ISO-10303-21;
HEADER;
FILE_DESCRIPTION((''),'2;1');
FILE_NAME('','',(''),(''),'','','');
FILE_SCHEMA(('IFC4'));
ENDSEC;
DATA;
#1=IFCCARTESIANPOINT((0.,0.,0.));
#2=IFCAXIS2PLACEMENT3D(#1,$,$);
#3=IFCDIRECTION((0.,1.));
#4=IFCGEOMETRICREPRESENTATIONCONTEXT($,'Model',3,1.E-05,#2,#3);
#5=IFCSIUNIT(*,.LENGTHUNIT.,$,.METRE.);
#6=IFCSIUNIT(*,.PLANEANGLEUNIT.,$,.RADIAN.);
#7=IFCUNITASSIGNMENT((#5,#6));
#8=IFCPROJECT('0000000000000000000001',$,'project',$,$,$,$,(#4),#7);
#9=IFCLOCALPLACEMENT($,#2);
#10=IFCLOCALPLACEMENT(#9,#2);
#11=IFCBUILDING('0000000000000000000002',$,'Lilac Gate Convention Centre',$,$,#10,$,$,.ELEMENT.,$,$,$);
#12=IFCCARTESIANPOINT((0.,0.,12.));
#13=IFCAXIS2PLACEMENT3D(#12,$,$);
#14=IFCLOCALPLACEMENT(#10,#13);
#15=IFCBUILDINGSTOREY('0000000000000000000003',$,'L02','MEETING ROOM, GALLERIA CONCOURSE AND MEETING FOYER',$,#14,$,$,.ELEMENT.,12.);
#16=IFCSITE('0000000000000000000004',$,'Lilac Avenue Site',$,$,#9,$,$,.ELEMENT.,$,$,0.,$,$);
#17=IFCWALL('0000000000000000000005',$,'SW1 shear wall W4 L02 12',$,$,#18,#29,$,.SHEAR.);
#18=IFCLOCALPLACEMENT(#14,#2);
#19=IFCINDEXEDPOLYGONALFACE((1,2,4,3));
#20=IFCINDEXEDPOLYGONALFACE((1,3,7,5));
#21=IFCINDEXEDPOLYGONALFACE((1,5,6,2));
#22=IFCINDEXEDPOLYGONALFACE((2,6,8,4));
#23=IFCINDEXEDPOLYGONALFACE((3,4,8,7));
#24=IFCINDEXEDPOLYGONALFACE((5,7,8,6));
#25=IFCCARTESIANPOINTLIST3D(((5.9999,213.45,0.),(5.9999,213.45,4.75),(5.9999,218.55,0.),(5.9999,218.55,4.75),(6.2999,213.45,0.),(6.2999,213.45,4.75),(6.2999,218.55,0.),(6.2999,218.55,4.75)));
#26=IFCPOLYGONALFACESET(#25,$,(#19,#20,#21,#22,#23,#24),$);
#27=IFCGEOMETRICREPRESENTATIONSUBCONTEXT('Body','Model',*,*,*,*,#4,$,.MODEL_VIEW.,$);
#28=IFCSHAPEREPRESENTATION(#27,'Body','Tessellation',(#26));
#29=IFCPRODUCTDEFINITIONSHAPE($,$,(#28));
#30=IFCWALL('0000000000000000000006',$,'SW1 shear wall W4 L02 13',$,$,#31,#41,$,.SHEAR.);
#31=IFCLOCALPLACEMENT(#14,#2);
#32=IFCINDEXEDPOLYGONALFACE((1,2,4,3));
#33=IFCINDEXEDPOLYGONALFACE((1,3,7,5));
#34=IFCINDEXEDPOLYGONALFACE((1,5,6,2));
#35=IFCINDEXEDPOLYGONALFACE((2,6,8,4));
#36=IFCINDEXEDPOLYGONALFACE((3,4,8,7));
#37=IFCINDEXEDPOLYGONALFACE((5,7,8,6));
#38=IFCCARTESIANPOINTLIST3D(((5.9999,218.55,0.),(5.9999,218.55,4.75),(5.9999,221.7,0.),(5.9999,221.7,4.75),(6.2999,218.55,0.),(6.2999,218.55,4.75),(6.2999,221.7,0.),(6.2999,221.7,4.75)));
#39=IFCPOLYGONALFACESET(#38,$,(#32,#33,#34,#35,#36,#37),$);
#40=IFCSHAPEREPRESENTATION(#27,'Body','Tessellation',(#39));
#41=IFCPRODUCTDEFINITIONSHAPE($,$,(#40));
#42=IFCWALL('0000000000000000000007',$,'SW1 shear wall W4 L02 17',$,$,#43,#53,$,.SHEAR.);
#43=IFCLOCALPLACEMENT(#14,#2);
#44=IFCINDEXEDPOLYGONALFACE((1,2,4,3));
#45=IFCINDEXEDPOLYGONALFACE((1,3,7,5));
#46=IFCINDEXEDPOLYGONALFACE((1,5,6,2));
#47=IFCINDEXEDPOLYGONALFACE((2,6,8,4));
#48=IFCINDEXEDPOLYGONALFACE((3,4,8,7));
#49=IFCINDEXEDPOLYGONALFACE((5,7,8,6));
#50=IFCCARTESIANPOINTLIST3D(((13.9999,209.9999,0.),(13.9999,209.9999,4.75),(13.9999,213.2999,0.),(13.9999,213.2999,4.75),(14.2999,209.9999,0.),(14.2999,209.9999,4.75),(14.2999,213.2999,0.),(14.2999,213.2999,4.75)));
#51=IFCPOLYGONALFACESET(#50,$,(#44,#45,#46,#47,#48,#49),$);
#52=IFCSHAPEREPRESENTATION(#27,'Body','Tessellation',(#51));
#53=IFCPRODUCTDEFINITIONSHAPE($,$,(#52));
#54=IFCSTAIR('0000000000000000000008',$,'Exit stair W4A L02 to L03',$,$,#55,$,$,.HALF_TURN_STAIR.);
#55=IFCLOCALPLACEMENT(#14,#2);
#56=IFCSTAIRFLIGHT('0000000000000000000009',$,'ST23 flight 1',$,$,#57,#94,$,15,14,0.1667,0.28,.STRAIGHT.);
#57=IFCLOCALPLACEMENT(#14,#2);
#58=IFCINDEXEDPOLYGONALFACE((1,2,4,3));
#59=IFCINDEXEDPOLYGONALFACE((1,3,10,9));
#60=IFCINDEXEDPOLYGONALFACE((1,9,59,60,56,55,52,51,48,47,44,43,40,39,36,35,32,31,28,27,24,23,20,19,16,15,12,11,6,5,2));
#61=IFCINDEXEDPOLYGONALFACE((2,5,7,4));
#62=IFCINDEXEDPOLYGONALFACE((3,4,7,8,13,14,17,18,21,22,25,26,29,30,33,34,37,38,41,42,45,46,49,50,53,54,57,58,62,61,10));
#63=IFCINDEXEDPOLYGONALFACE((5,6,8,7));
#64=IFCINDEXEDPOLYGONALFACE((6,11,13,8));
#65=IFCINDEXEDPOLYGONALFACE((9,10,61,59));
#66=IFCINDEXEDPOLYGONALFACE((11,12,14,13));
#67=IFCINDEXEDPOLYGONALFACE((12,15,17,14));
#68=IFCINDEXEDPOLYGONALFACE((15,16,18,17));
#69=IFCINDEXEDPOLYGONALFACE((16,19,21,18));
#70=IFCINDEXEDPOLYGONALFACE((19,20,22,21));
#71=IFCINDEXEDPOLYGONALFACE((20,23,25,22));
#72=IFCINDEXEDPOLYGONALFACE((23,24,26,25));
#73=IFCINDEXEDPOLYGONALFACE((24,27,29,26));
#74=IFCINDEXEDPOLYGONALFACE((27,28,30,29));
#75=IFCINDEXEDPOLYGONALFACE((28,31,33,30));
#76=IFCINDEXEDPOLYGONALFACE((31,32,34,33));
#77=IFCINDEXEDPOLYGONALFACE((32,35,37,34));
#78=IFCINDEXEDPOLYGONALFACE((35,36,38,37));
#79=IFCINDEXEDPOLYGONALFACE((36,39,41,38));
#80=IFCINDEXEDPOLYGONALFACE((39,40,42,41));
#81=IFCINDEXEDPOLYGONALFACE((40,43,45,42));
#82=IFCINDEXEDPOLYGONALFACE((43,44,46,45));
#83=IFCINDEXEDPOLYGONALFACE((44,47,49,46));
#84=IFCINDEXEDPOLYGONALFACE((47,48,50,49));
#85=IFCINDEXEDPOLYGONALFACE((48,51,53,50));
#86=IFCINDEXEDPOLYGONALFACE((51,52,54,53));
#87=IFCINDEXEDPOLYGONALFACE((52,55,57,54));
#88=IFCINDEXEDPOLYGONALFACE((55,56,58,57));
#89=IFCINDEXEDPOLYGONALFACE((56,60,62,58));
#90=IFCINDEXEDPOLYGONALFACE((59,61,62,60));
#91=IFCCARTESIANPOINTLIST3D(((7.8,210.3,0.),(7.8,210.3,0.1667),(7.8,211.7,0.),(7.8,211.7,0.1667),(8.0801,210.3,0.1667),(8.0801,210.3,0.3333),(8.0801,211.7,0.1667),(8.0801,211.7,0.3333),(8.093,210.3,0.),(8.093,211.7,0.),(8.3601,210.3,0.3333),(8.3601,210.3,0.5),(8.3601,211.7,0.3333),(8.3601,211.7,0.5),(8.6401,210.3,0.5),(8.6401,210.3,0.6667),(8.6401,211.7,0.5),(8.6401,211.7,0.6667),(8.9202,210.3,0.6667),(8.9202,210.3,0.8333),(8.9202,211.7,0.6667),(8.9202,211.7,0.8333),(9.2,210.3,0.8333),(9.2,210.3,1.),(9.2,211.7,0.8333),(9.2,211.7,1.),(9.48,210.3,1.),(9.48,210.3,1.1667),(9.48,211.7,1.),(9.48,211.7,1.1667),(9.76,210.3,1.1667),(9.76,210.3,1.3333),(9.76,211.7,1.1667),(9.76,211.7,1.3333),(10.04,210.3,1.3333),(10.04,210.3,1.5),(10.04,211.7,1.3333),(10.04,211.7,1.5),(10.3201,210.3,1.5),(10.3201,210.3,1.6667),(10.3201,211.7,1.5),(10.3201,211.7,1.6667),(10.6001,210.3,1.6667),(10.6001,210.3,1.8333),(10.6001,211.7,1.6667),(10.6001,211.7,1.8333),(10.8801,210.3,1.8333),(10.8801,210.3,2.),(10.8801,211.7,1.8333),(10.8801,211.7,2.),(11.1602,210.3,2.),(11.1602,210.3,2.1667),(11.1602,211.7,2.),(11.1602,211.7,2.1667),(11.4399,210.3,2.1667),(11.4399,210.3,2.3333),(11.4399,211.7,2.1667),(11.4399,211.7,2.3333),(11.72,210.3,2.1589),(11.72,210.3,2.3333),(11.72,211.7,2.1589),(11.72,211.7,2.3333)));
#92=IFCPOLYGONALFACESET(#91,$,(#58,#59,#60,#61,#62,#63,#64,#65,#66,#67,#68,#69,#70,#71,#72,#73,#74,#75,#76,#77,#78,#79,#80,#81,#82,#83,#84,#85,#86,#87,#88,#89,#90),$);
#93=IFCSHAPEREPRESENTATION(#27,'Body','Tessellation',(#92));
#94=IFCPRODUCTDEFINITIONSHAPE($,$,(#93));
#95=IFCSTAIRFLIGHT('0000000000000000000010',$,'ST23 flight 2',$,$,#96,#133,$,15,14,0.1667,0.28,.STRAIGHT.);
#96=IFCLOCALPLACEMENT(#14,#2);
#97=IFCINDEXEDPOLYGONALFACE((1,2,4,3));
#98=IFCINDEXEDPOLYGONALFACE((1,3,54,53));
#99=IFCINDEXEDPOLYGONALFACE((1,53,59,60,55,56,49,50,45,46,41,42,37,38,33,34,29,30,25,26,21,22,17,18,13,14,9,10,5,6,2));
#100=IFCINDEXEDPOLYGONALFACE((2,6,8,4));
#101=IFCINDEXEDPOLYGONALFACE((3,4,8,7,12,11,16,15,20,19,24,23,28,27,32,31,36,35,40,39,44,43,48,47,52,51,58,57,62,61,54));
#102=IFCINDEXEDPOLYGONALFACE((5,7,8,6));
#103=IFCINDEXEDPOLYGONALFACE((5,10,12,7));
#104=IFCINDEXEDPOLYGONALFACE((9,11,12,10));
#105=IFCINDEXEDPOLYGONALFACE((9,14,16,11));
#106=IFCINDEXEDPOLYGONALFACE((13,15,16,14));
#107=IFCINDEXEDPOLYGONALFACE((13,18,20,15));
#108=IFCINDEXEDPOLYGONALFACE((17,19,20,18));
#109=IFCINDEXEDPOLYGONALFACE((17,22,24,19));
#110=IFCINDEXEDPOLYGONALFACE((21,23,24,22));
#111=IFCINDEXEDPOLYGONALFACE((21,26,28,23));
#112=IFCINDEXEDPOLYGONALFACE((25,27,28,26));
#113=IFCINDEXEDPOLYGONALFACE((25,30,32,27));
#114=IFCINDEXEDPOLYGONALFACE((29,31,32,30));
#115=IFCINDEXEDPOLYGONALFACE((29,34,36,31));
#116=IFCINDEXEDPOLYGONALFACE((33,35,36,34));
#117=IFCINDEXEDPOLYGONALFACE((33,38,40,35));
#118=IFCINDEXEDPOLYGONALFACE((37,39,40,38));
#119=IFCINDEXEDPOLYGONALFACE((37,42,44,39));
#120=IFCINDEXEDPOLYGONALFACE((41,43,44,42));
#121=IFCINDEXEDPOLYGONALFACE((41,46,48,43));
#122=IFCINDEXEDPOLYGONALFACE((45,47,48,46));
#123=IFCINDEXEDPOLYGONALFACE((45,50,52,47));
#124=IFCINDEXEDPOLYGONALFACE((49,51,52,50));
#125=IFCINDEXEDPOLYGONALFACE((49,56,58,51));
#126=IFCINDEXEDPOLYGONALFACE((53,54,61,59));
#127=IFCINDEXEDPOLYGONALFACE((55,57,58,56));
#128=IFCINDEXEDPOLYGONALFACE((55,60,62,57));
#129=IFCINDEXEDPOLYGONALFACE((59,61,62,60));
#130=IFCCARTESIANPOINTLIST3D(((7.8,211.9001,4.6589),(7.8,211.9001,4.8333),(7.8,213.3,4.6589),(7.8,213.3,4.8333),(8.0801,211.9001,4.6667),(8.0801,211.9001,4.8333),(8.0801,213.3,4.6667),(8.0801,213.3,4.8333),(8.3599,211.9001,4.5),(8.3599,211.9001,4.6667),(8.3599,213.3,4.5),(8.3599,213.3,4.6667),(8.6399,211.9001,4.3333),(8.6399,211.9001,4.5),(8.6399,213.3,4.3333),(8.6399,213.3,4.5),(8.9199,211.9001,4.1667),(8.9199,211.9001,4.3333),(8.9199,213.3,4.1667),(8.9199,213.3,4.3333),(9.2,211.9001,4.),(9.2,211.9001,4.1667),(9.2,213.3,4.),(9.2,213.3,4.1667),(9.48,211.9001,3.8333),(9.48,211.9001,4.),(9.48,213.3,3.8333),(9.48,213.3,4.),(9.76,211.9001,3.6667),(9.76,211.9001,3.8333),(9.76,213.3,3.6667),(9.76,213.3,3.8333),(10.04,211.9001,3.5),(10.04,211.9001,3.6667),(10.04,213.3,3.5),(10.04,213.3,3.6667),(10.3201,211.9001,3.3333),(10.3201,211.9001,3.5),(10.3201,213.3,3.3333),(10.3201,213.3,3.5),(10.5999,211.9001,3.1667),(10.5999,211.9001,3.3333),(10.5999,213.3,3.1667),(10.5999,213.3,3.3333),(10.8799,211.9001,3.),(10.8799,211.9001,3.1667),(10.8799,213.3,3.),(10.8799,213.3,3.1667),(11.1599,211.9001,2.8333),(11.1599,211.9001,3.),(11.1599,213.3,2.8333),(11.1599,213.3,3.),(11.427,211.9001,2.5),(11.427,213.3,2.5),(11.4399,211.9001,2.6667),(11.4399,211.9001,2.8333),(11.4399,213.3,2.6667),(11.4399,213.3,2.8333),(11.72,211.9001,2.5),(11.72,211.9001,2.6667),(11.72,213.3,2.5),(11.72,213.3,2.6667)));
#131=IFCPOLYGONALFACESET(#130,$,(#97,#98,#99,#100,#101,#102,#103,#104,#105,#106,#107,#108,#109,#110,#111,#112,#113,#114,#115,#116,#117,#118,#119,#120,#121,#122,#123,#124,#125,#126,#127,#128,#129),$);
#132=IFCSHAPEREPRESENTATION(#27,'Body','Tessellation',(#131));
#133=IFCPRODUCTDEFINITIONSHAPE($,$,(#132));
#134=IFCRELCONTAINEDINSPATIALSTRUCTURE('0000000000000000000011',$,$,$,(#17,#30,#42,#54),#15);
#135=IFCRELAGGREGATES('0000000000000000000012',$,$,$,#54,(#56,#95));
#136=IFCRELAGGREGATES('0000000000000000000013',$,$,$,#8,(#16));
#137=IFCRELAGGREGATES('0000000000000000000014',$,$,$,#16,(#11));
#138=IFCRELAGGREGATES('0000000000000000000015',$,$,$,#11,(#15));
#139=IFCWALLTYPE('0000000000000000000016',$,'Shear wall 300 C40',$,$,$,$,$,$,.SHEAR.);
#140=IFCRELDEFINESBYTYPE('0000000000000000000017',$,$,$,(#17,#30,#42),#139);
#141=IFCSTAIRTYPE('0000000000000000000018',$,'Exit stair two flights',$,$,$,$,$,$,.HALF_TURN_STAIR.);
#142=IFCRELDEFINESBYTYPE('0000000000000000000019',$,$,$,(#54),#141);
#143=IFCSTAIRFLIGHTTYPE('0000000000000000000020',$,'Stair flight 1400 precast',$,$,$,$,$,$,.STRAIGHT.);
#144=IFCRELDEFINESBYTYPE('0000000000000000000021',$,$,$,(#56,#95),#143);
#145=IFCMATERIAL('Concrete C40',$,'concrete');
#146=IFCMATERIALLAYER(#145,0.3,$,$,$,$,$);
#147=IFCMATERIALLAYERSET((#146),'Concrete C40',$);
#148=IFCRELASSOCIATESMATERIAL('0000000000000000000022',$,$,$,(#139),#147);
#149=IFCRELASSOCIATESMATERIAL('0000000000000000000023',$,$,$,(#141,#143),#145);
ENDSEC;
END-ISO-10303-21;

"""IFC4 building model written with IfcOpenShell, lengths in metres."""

from ifc_helpers import new_model, si_unit, direction, frame, frame_2d, origin, place, context, subcontext, project, spatial, polyline, rectangle, outline, extrude, material, layer, layer_set, type_object, element, aggregate, save


model = new_model("IFC4")

# Units and contexts
model_context = context("Model", 3, precision=1e-05, world=origin(), true_north=direction((0.0, 1.0)))
body_context = subcontext(model_context, "Body", "Model", "MODEL_VIEW")
ifc_project = project(units=[si_unit("LENGTHUNIT", "METRE"), si_unit("PLANEANGLEUNIT", "RADIAN")], contexts=[model_context])

# Site, building, storey
site_placement = place(None, origin())
site = spatial("IfcSite", under=ifc_project, at=site_placement, Name="Lilac Avenue Site", CompositionType="ELEMENT", RefElevation=0.0)
building_placement = place(site_placement, origin())
building = spatial("IfcBuilding", under=site, at=building_placement, Name="Lilac Gate Convention Centre", CompositionType="ELEMENT")
storey_placement = place(building_placement, frame((0.0, 0.0, 12.0)))
storey = spatial("IfcBuildingStorey", under=building, at=storey_placement, Name="L02", Description="MEETING ROOM, GALLERIA CONCOURSE AND MEETING FOYER", CompositionType="ELEMENT", Elevation=12.0)

# Shared definitions
ifc_material_1 = material(Name="Concrete C40", Category="concrete")
ifc_layer_1 = layer(ifc_material_1, 0.3)
ifc_layer_set_1 = layer_set([ifc_layer_1], Name="Concrete C40")
wall_type_1 = type_object("IfcWallType", Name="Shear wall 300 C40", PredefinedType="SHEAR", material=ifc_layer_set_1)

# Walls
wall_1_placement = place(storey_placement, frame((6.1499, 213.45, 0.0), z_axis=(0.0, 0.0, 1.0), x_axis=(0.0, 1.0, 0.0)))
element("IfcWall", 1, at=wall_1_placement, inside=storey, type_object=wall_type_1, Name="SW1 shear wall W4 L02 12", PredefinedType="SHEAR", context=body_context, shape_type="SweptSolid", body=[
    extrude(rectangle(XDim=5.1001, YDim=0.3, at=frame_2d((2.55, 0.0))), origin(), (0.0, 0.0, 1.0), 4.75),
])
wall_2_placement = place(storey_placement, frame((6.1499, 218.55, 0.0), z_axis=(0.0, 0.0, 1.0), x_axis=(0.0, 1.0, 0.0)))
element("IfcWall", 2, at=wall_2_placement, inside=storey, type_object=wall_type_1, Name="SW1 shear wall W4 L02 13", PredefinedType="SHEAR", context=body_context, shape_type="SweptSolid", body=[
    extrude(rectangle(XDim=3.1499, YDim=0.3, at=frame_2d((1.575, 0.0))), origin(), (0.0, 0.0, 1.0), 4.75),
])
wall_3_placement = place(storey_placement, frame((14.1499, 210.0, 0.0), z_axis=(0.0, 0.0, 1.0), x_axis=(0.0, 1.0, 0.0)))
element("IfcWall", 3, at=wall_3_placement, inside=storey, type_object=wall_type_1, Name="SW1 shear wall W4 L02 17", PredefinedType="SHEAR", context=body_context, shape_type="SweptSolid", body=[
    extrude(rectangle(XDim=3.3, YDim=0.3, at=frame_2d((1.6499, 0.0))), origin(), (0.0, 0.0, 1.0), 4.75),
])

# Stair, stair flights
stair_type = type_object("IfcStairType", Name="Exit stair two flights", PredefinedType="HALF_TURN_STAIR", material=ifc_material_1)
stair_placement = place(storey_placement, origin())
stair = element("IfcStair", 4, at=stair_placement, inside=storey, type_object=stair_type, Name="Exit stair W4A L02 to L03", PredefinedType="HALF_TURN_STAIR")
stair_flight_type = type_object("IfcStairFlightType", Name="Stair flight 1400 precast", PredefinedType="STRAIGHT", material=ifc_material_1)
stair_flight_1_placement = place(storey_placement, frame((7.8, 211.0, 0.0), z_axis=(0.0, 0.0, 1.0), x_axis=(1.0, 0.0, 0.0)))
stair_flight_1 = element("IfcStairFlight", 5, at=stair_flight_1_placement, type_object=stair_flight_type, Name="ST23 flight 1", NumberOfRisers=15, NumberOfTreads=14, PredefinedType="STRAIGHT", RiserHeight=0.1667, TreadLength=0.28, context=body_context, shape_type="SweptSolid", body=[
    extrude(outline(polyline([(0.0, 0.0), (0.0, 0.1667), (0.28, 0.1667), (0.28, 0.3333), (0.5601, 0.3333), (0.5601, 0.5), (0.8401, 0.5), (0.8401, 0.6667), (1.1201, 0.6667), (1.1201, 0.8333), (1.3999, 0.8333), (1.3999, 1.0), (1.6799, 1.0), (1.6799, 1.1667), (1.96, 1.1667), (1.96, 1.3333), (2.24, 1.3333), (2.24, 1.5), (2.52, 1.5), (2.52, 1.6667), (2.8, 1.6667), (2.8, 1.8333), (3.0801, 1.8333), (3.0801, 2.0), (3.3601, 2.0), (3.3601, 2.1667), (3.6399, 2.1667), (3.6399, 2.3333), (3.9199, 2.3333), (3.9199, 2.5), (3.9199, 2.1589), (0.293, 0.0), (0.0, 0.0)])), frame((0.0, 0.7, 0.0), z_axis=(0.0, -1.0, 0.0), x_axis=(1.0, 0.0, 0.0)), (0.0, 0.0, 1.0), 1.3999),
])
stair_flight_2_placement = place(storey_placement, frame((11.72, 212.6001, 2.5), z_axis=(0.0, 0.0, 1.0), x_axis=(-1.0, 0.0, 0.0)))
stair_flight_2 = element("IfcStairFlight", 6, at=stair_flight_2_placement, type_object=stair_flight_type, Name="ST23 flight 2", NumberOfRisers=15, NumberOfTreads=14, PredefinedType="STRAIGHT", RiserHeight=0.1667, TreadLength=0.28, context=body_context, shape_type="SweptSolid", body=[
    extrude(outline(polyline([(0.0, 0.0), (0.0, 0.1667), (0.28, 0.1667), (0.28, 0.3333), (0.5601, 0.3333), (0.5601, 0.5), (0.8401, 0.5), (0.8401, 0.6667), (1.1201, 0.6667), (1.1201, 0.8333), (1.3999, 0.8333), (1.3999, 1.0), (1.6799, 1.0), (1.6799, 1.1667), (1.96, 1.1667), (1.96, 1.3333), (2.24, 1.3333), (2.24, 1.5), (2.52, 1.5), (2.52, 1.6667), (2.8, 1.6667), (2.8, 1.8333), (3.0801, 1.8333), (3.0801, 2.0), (3.3601, 2.0), (3.3601, 2.1667), (3.6399, 2.1667), (3.6399, 2.3333), (3.9199, 2.3333), (3.9199, 2.5), (3.9199, 2.1589), (0.293, 0.0), (0.0, 0.0)])), frame((0.0, 0.7, 0.0), z_axis=(0.0, -1.0, 0.0), x_axis=(1.0, 0.0, 0.0)), (0.0, 0.0, 1.0), 1.3999),
])
aggregate(stair, [stair_flight_1, stair_flight_2])

save(model, "model.ifc")
